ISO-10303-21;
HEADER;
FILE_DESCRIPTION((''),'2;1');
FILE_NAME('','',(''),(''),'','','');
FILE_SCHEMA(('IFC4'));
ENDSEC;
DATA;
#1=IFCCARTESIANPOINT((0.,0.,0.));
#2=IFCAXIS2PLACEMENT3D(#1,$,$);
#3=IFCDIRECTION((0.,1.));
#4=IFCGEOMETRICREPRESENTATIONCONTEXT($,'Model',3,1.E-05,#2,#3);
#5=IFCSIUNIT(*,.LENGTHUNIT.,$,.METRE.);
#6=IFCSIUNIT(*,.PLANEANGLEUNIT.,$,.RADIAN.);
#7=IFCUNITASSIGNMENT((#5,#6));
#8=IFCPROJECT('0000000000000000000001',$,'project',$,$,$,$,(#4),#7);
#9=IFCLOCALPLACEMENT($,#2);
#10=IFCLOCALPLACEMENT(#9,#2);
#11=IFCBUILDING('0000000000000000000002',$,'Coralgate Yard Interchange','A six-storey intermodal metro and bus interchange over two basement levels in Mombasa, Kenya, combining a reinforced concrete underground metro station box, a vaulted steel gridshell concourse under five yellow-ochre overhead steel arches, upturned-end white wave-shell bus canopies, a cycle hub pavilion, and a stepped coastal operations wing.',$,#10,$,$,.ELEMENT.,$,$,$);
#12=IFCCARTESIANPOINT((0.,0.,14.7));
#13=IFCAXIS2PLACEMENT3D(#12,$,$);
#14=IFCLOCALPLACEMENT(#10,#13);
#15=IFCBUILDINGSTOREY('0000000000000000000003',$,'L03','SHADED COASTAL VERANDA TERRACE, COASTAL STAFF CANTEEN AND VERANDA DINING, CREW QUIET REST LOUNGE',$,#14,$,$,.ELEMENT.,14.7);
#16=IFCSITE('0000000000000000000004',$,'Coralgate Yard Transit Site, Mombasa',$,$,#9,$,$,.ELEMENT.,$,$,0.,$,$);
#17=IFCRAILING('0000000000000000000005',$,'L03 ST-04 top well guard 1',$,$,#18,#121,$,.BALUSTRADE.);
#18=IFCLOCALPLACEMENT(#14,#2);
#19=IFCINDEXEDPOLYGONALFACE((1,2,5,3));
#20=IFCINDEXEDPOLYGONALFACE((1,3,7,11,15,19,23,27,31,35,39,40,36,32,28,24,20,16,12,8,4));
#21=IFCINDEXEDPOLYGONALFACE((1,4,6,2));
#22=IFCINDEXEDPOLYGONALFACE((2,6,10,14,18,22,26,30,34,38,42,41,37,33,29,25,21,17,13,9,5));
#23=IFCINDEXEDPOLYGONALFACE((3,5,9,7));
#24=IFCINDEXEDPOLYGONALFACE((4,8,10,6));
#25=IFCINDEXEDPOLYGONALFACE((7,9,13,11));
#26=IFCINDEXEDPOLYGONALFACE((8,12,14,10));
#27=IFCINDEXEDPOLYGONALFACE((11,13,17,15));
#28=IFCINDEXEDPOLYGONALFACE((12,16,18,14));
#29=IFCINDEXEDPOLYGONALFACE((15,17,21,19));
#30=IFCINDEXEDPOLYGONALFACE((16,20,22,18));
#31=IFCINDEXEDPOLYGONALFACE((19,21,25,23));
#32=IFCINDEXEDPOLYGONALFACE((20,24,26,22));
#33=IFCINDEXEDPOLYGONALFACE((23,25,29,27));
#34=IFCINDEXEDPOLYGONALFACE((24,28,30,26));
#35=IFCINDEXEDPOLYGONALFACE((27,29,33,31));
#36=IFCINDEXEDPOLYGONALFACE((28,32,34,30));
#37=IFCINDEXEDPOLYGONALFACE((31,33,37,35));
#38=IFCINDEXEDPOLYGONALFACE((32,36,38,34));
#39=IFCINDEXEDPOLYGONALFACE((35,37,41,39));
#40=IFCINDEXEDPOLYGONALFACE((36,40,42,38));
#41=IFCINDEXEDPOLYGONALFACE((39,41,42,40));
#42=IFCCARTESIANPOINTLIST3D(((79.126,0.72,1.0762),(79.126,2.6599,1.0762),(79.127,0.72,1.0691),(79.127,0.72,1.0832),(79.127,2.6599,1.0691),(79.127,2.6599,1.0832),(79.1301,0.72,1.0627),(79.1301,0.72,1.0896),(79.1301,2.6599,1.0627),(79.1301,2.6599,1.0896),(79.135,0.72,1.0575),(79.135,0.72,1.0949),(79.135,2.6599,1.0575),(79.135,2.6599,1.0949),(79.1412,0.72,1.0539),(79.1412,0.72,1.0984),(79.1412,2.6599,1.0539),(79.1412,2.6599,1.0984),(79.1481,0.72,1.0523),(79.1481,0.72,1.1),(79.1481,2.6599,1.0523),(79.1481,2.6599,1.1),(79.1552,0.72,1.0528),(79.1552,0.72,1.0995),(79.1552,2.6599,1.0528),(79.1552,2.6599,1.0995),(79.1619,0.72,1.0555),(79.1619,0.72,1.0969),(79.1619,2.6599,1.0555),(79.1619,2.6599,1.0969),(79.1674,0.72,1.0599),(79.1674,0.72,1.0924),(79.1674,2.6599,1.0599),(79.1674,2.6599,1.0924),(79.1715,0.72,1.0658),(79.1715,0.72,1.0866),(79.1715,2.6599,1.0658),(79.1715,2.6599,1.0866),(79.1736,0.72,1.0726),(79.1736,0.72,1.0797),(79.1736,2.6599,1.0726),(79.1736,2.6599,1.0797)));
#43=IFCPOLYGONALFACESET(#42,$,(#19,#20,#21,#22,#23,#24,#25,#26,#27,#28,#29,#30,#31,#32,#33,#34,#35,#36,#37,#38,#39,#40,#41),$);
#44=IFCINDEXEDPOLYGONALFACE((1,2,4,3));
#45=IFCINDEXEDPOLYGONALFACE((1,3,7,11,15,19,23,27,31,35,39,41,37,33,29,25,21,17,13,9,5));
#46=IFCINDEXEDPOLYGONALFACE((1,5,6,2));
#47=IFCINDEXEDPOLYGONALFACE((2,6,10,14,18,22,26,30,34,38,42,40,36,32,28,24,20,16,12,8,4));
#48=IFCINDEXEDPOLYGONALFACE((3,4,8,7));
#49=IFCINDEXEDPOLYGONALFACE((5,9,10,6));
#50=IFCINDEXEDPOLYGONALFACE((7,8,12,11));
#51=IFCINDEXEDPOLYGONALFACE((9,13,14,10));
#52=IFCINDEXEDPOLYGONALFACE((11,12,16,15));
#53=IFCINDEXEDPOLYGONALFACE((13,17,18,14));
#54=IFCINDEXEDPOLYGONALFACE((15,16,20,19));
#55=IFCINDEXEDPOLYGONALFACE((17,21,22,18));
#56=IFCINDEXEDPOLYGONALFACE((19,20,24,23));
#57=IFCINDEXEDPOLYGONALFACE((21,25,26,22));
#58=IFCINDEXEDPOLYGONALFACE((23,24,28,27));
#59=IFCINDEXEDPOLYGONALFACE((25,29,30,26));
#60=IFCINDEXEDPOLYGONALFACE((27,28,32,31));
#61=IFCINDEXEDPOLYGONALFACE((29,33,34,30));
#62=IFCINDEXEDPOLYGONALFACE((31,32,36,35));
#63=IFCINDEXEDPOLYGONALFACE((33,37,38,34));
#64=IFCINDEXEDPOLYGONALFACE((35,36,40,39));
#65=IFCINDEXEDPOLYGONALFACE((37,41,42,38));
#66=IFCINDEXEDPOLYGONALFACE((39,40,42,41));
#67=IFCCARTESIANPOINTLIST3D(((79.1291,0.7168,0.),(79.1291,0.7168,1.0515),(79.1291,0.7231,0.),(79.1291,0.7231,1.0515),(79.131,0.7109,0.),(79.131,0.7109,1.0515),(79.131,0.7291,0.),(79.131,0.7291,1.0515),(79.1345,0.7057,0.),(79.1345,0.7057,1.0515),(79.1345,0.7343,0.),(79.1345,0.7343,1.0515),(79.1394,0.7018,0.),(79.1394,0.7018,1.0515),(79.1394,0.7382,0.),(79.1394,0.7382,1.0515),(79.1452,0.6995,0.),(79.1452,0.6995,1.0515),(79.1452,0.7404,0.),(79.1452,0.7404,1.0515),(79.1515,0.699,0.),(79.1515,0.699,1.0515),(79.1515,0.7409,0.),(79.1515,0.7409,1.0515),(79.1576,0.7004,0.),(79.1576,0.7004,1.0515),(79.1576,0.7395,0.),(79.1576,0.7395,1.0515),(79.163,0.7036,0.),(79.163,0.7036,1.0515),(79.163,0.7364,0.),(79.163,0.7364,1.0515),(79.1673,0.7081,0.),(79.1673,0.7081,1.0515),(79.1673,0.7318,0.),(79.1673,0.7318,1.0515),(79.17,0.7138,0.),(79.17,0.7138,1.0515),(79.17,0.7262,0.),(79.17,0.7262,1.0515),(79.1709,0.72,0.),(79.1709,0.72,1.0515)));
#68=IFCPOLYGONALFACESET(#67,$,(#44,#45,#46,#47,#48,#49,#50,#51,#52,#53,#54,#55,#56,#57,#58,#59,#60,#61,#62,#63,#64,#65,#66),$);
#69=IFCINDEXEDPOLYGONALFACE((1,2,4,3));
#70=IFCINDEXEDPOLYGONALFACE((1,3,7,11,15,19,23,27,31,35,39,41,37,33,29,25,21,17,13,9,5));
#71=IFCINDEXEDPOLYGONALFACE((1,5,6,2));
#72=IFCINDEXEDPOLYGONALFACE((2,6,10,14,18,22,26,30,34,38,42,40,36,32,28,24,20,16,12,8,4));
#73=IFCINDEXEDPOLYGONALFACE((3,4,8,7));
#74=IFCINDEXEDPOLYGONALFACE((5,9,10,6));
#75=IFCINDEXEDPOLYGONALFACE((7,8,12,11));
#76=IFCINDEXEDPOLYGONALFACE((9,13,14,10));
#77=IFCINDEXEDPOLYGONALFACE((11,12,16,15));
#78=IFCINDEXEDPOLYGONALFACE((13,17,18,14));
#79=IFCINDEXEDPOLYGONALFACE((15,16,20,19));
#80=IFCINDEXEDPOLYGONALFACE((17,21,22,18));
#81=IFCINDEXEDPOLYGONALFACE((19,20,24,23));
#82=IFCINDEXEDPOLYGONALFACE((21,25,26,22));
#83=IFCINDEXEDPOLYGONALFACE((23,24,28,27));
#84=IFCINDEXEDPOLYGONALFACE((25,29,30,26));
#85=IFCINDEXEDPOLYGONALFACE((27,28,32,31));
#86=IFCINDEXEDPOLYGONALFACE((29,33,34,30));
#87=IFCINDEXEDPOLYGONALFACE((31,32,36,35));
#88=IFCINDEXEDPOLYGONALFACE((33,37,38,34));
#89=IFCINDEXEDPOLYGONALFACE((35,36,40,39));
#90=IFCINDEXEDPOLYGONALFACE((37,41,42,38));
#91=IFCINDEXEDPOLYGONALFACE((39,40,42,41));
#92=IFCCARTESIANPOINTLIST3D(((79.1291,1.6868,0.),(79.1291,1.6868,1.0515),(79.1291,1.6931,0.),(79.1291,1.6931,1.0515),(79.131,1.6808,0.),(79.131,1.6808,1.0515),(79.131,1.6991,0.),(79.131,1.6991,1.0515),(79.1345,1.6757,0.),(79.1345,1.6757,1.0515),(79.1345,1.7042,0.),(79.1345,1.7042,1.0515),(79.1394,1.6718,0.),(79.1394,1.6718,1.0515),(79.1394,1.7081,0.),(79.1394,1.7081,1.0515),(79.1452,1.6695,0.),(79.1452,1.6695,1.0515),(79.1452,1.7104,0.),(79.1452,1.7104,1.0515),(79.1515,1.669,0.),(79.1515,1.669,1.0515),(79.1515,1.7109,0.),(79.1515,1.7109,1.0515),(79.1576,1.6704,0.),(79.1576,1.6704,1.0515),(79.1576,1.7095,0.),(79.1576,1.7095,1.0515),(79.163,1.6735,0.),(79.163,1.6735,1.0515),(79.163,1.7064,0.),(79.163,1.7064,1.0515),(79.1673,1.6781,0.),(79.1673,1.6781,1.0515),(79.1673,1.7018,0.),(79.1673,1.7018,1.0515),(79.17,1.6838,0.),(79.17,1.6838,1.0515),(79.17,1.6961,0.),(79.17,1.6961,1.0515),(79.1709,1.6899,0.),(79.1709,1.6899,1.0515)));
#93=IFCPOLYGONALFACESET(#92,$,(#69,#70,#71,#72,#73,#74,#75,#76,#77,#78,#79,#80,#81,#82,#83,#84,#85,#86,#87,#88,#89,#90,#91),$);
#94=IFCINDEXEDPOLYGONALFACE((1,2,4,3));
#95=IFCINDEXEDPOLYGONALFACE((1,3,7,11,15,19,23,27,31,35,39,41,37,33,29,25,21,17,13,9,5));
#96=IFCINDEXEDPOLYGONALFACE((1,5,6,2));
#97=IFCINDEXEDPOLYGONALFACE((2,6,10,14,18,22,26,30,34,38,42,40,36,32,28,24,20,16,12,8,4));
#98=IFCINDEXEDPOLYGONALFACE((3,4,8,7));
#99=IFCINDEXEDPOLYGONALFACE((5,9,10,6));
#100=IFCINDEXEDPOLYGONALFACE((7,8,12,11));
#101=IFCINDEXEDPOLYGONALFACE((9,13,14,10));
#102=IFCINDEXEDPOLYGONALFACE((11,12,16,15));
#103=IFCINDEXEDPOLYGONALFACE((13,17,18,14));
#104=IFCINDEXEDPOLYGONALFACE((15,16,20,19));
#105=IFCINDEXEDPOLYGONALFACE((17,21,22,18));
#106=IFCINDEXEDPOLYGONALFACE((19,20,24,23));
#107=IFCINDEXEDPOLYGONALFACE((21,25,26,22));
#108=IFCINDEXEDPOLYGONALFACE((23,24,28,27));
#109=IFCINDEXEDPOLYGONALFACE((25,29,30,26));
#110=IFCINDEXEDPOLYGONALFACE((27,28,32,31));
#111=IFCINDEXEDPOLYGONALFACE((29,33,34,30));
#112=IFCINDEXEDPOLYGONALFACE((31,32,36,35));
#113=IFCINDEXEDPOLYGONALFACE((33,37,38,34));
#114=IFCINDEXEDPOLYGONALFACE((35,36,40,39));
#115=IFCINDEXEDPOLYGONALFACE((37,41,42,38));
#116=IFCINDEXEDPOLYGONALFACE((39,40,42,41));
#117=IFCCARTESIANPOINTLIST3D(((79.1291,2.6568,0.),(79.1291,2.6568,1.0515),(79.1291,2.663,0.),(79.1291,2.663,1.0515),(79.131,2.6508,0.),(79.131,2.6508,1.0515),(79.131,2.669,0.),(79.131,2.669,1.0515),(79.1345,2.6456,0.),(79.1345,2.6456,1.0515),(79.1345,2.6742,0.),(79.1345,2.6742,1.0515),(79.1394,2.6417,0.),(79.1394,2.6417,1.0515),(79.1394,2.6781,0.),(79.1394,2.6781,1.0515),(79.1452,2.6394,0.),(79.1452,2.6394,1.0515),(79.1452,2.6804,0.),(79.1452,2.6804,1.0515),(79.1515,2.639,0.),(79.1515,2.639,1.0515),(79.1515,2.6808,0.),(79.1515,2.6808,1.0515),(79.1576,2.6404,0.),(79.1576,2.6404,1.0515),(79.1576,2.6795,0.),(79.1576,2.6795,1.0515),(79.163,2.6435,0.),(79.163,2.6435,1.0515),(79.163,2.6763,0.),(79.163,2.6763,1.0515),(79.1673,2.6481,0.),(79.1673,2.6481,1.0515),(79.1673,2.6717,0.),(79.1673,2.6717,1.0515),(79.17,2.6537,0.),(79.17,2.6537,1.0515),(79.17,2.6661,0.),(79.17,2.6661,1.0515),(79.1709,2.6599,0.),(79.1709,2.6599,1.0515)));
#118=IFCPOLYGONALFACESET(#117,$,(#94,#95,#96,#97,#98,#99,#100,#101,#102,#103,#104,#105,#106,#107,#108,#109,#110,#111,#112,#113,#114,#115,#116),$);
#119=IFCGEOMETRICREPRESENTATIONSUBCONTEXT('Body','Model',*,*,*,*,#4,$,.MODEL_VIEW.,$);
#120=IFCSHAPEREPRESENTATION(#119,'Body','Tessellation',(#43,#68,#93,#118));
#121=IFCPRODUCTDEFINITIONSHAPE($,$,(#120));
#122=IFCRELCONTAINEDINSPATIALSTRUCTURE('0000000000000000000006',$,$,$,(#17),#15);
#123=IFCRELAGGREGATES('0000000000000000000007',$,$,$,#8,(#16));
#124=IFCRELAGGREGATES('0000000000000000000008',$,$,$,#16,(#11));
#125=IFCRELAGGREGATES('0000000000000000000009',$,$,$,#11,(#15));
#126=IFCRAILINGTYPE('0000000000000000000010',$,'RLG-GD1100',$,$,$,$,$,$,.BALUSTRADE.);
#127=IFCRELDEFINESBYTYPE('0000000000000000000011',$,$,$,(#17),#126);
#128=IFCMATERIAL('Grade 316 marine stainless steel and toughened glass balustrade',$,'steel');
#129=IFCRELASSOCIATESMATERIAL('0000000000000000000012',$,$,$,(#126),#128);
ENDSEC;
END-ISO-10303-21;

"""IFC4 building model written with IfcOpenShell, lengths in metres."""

from ifc_helpers import new_model, si_unit, direction, frame, origin, origin_2d, place, context, subcontext, project, spatial, circle, extrude, material, type_object, element, save


model = new_model("IFC4")

# Units and contexts
model_context = context("Model", 3, precision=1e-05, world=origin(), true_north=direction((0.0, 1.0)))
body_context = subcontext(model_context, "Body", "Model", "MODEL_VIEW")
ifc_project = project(units=[si_unit("LENGTHUNIT", "METRE"), si_unit("PLANEANGLEUNIT", "RADIAN")], contexts=[model_context])

# Site, building, storey
site_placement = place(None, origin())
site = spatial("IfcSite", under=ifc_project, at=site_placement, Name="Coralgate Yard Transit Site, Mombasa", CompositionType="ELEMENT", RefElevation=0.0)
building_placement = place(site_placement, origin())
building = spatial("IfcBuilding", under=site, at=building_placement, Name="Coralgate Yard Interchange", Description="A six-storey intermodal metro and bus interchange over two basement levels in Mombasa, Kenya, combining a reinforced concrete underground metro station box, a vaulted steel gridshell concourse under five yellow-ochre overhead steel arches, upturned-end white wave-shell bus canopies, a cycle hub pavilion, and a stepped coastal operations wing.", CompositionType="ELEMENT")
storey_placement = place(building_placement, frame((0.0, 0.0, 14.7)))
storey = spatial("IfcBuildingStorey", under=building, at=storey_placement, Name="L03", Description="SHADED COASTAL VERANDA TERRACE, COASTAL STAFF CANTEEN AND VERANDA DINING, CREW QUIET REST LOUNGE", CompositionType="ELEMENT", Elevation=14.7)

# Railing
ifc_material_1 = material(Name="Grade 316 marine stainless steel and toughened glass balustrade", Category="steel")
railing_type_1 = type_object("IfcRailingType", Name="RLG-GD1100", PredefinedType="BALUSTRADE", material=ifc_material_1)
railing_1_placement = place(storey_placement, frame((79.1499, 0.72, 0.0)))
element("IfcRailing", 1, at=railing_1_placement, inside=storey, type_object=railing_type_1, Name="L03 ST-04 top well guard 1", PredefinedType="BALUSTRADE", context=body_context, shape_type="SweptSolid", body=[
    extrude(circle(Radius=0.0239, at=origin_2d()), frame((0.0, 0.0, 1.0762), z_axis=(0.0, 1.0, 0.0), x_axis=(-1.0, 0.0, 0.0)), (0.0, 0.0, 1.0), 1.9399),
    extrude(circle(Radius=0.021, at=origin_2d()), origin(), (0.0, 0.0, 1.0), 1.0515),
    extrude(circle(Radius=0.021, at=origin_2d()), frame((0.0, 0.97, 0.0)), (0.0, 0.0, 1.0), 1.0515),
    extrude(circle(Radius=0.021, at=origin_2d()), frame((0.0, 1.9399, 0.0)), (0.0, 0.0, 1.0), 1.0515),
])

save(model, "model.ifc")
